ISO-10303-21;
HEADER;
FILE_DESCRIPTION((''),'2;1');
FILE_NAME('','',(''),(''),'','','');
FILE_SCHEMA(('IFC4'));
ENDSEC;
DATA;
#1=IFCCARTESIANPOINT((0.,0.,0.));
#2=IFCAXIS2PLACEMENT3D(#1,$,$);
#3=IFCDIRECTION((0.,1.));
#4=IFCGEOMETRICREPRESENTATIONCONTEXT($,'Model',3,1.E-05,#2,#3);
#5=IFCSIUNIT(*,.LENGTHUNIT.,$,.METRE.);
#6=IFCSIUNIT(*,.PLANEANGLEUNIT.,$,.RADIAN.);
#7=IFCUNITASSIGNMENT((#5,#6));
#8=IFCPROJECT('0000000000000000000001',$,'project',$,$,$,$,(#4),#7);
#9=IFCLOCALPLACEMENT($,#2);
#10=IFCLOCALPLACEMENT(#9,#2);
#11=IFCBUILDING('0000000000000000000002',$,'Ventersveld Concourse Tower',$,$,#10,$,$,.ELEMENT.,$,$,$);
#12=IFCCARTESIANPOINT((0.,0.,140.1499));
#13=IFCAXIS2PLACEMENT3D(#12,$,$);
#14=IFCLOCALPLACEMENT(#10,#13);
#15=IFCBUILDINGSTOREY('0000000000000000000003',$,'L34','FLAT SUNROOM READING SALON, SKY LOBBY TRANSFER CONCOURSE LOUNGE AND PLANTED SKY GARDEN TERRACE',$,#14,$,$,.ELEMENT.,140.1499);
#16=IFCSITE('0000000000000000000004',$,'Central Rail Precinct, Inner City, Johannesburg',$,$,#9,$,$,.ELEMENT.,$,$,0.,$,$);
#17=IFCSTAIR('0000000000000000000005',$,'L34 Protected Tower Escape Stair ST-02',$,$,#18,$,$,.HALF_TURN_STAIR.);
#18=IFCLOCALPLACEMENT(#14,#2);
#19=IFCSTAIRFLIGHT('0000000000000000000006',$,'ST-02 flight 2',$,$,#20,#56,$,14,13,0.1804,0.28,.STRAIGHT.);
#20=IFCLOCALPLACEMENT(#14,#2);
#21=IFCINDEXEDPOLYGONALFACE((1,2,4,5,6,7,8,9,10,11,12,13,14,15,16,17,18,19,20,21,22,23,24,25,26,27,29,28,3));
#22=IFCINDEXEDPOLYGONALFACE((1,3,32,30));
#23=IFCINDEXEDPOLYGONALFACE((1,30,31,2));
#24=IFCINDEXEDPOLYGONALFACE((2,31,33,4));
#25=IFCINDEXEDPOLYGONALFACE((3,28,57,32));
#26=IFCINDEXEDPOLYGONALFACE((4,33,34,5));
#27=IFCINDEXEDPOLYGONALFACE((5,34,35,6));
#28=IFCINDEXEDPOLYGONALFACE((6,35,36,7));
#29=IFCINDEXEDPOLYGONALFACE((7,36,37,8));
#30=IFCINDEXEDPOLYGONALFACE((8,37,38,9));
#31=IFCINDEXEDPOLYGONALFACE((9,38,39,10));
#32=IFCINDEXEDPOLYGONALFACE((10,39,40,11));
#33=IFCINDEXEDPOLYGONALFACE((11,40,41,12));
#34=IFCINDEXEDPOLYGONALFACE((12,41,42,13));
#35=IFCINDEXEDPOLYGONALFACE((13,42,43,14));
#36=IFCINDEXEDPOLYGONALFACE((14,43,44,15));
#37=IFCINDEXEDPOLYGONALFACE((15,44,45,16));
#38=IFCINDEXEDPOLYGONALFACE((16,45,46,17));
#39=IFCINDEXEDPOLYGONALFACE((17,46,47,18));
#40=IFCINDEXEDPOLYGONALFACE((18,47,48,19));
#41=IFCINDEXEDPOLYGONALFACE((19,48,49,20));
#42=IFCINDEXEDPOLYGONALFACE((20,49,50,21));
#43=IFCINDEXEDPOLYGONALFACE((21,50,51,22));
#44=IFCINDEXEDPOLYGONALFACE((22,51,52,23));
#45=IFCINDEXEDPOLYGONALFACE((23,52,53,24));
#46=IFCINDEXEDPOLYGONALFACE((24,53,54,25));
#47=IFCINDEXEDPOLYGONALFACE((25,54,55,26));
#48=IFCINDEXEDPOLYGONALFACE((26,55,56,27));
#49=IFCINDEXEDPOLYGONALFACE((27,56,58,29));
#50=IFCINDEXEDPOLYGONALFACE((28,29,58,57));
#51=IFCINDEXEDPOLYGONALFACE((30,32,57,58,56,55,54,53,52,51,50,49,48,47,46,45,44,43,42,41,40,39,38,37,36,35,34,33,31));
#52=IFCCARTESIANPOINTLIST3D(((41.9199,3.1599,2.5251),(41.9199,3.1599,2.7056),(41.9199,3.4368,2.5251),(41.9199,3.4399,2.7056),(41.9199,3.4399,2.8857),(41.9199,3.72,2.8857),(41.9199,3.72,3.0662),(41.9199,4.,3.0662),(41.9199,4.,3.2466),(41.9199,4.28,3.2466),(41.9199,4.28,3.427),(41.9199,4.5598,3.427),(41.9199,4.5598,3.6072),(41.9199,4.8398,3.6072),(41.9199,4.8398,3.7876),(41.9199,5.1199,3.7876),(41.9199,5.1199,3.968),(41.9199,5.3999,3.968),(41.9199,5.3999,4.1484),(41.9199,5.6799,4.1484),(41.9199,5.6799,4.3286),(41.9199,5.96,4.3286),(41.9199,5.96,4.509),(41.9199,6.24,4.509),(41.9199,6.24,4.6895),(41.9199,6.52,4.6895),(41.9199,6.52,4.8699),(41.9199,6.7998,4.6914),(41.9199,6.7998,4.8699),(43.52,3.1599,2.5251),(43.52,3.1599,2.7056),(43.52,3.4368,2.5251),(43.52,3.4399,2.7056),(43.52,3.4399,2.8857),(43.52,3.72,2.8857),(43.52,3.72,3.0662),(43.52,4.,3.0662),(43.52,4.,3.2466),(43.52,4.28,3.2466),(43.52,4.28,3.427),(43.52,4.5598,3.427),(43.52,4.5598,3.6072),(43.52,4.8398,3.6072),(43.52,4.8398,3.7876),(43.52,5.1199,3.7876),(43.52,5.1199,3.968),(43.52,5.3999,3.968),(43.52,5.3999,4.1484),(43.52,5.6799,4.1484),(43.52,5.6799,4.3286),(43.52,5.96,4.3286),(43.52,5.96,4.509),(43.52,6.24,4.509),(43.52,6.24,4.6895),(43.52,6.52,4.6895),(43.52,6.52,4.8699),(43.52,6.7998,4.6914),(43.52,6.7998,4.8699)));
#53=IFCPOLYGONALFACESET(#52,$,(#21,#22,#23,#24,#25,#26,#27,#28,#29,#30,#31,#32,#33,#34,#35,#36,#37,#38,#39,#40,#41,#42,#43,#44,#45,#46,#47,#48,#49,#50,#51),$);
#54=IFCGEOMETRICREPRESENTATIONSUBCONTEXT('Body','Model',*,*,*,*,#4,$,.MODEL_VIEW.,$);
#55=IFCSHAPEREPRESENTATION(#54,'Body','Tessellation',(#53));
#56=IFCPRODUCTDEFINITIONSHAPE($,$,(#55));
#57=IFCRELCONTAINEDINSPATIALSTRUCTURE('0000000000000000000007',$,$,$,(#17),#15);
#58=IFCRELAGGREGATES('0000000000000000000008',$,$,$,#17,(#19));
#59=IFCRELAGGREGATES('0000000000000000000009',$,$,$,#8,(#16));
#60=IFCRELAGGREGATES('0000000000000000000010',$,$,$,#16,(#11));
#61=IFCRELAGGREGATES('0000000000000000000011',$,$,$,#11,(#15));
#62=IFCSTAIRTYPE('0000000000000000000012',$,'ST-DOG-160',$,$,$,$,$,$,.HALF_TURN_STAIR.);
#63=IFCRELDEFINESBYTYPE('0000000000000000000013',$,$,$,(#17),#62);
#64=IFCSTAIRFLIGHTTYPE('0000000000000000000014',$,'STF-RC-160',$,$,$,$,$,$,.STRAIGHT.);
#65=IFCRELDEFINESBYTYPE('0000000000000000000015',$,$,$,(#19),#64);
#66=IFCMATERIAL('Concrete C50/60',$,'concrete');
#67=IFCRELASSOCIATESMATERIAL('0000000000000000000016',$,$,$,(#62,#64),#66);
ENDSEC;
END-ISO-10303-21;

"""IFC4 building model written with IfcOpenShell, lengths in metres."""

from ifc_helpers import new_model, si_unit, direction, frame, origin, place, context, subcontext, project, spatial, polyline, outline, extrude, material, type_object, element, aggregate, save


model = new_model("IFC4")

# Units and contexts
model_context = context("Model", 3, precision=1e-05, world=origin(), true_north=direction((0.0, 1.0)))
body_context = subcontext(model_context, "Body", "Model", "MODEL_VIEW")
ifc_project = project(units=[si_unit("LENGTHUNIT", "METRE"), si_unit("PLANEANGLEUNIT", "RADIAN")], contexts=[model_context])

# Site, building, storey
site_placement = place(None, origin())
site = spatial("IfcSite", under=ifc_project, at=site_placement, Name="Central Rail Precinct, Inner City, Johannesburg", CompositionType="ELEMENT", RefElevation=0.0)
building_placement = place(site_placement, origin())
building = spatial("IfcBuilding", under=site, at=building_placement, Name="Ventersveld Concourse Tower", CompositionType="ELEMENT")
storey_placement = place(building_placement, frame((0.0, 0.0, 140.1499)))
storey = spatial("IfcBuildingStorey", under=building, at=storey_placement, Name="L34", Description="FLAT SUNROOM READING SALON, SKY LOBBY TRANSFER CONCOURSE LOUNGE AND PLANTED SKY GARDEN TERRACE", CompositionType="ELEMENT", Elevation=140.1499)

# Stair, stair flight
ifc_material_1 = material(Name="Concrete C50/60", Category="concrete")
stair_type = type_object("IfcStairType", Name="ST-DOG-160", PredefinedType="HALF_TURN_STAIR", material=ifc_material_1)
stair_placement = place(storey_placement, origin())
stair = element("IfcStair", 1, at=stair_placement, inside=storey, type_object=stair_type, Name="L34 Protected Tower Escape Stair ST-02", PredefinedType="HALF_TURN_STAIR")
stair_flight_type = type_object("IfcStairFlightType", Name="STF-RC-160", PredefinedType="STRAIGHT", material=ifc_material_1)
stair_flight_1_placement = place(storey_placement, frame((42.72, 3.1599, 2.5251), z_axis=(0.0, 0.0, 1.0), x_axis=(0.0, 1.0, 0.0)))
stair_flight_1 = element("IfcStairFlight", 2, at=stair_flight_1_placement, type_object=stair_flight_type, Name="ST-02 flight 2", NumberOfRisers=14, NumberOfTreads=13, PredefinedType="STRAIGHT", RiserHeight=0.1804, TreadLength=0.28, context=body_context, shape_type="SweptSolid", body=[
    extrude(outline(polyline([(0.0, 0.0), (0.0, 0.1804), (0.28, 0.1804), (0.28, 0.3606), (0.5601, 0.3606), (0.5601, 0.541), (0.8401, 0.541), (0.8401, 0.7214), (1.1201, 0.7214), (1.1201, 0.9019), (1.3999, 0.9019), (1.3999, 1.082), (1.6799, 1.082), (1.6799, 1.2625), (1.96, 1.2625), (1.96, 1.4429), (2.24, 1.4429), (2.24, 1.6233), (2.52, 1.6233), (2.52, 1.8035), (2.8, 1.8035), (2.8, 1.9839), (3.0801, 1.9839), (3.0801, 2.1643), (3.3601, 2.1643), (3.3601, 2.3447), (3.6399, 2.3447), (3.6399, 2.5249), (3.6399, 2.1663), (0.2769, 0.0), (0.0, 0.0)])), frame((0.0, 0.8, 0.0), z_axis=(0.0, -1.0, 0.0), x_axis=(1.0, 0.0, 0.0)), (0.0, 0.0, 1.0), 1.6001),
])
aggregate(stair, [stair_flight_1])

save(model, "model.ifc")
